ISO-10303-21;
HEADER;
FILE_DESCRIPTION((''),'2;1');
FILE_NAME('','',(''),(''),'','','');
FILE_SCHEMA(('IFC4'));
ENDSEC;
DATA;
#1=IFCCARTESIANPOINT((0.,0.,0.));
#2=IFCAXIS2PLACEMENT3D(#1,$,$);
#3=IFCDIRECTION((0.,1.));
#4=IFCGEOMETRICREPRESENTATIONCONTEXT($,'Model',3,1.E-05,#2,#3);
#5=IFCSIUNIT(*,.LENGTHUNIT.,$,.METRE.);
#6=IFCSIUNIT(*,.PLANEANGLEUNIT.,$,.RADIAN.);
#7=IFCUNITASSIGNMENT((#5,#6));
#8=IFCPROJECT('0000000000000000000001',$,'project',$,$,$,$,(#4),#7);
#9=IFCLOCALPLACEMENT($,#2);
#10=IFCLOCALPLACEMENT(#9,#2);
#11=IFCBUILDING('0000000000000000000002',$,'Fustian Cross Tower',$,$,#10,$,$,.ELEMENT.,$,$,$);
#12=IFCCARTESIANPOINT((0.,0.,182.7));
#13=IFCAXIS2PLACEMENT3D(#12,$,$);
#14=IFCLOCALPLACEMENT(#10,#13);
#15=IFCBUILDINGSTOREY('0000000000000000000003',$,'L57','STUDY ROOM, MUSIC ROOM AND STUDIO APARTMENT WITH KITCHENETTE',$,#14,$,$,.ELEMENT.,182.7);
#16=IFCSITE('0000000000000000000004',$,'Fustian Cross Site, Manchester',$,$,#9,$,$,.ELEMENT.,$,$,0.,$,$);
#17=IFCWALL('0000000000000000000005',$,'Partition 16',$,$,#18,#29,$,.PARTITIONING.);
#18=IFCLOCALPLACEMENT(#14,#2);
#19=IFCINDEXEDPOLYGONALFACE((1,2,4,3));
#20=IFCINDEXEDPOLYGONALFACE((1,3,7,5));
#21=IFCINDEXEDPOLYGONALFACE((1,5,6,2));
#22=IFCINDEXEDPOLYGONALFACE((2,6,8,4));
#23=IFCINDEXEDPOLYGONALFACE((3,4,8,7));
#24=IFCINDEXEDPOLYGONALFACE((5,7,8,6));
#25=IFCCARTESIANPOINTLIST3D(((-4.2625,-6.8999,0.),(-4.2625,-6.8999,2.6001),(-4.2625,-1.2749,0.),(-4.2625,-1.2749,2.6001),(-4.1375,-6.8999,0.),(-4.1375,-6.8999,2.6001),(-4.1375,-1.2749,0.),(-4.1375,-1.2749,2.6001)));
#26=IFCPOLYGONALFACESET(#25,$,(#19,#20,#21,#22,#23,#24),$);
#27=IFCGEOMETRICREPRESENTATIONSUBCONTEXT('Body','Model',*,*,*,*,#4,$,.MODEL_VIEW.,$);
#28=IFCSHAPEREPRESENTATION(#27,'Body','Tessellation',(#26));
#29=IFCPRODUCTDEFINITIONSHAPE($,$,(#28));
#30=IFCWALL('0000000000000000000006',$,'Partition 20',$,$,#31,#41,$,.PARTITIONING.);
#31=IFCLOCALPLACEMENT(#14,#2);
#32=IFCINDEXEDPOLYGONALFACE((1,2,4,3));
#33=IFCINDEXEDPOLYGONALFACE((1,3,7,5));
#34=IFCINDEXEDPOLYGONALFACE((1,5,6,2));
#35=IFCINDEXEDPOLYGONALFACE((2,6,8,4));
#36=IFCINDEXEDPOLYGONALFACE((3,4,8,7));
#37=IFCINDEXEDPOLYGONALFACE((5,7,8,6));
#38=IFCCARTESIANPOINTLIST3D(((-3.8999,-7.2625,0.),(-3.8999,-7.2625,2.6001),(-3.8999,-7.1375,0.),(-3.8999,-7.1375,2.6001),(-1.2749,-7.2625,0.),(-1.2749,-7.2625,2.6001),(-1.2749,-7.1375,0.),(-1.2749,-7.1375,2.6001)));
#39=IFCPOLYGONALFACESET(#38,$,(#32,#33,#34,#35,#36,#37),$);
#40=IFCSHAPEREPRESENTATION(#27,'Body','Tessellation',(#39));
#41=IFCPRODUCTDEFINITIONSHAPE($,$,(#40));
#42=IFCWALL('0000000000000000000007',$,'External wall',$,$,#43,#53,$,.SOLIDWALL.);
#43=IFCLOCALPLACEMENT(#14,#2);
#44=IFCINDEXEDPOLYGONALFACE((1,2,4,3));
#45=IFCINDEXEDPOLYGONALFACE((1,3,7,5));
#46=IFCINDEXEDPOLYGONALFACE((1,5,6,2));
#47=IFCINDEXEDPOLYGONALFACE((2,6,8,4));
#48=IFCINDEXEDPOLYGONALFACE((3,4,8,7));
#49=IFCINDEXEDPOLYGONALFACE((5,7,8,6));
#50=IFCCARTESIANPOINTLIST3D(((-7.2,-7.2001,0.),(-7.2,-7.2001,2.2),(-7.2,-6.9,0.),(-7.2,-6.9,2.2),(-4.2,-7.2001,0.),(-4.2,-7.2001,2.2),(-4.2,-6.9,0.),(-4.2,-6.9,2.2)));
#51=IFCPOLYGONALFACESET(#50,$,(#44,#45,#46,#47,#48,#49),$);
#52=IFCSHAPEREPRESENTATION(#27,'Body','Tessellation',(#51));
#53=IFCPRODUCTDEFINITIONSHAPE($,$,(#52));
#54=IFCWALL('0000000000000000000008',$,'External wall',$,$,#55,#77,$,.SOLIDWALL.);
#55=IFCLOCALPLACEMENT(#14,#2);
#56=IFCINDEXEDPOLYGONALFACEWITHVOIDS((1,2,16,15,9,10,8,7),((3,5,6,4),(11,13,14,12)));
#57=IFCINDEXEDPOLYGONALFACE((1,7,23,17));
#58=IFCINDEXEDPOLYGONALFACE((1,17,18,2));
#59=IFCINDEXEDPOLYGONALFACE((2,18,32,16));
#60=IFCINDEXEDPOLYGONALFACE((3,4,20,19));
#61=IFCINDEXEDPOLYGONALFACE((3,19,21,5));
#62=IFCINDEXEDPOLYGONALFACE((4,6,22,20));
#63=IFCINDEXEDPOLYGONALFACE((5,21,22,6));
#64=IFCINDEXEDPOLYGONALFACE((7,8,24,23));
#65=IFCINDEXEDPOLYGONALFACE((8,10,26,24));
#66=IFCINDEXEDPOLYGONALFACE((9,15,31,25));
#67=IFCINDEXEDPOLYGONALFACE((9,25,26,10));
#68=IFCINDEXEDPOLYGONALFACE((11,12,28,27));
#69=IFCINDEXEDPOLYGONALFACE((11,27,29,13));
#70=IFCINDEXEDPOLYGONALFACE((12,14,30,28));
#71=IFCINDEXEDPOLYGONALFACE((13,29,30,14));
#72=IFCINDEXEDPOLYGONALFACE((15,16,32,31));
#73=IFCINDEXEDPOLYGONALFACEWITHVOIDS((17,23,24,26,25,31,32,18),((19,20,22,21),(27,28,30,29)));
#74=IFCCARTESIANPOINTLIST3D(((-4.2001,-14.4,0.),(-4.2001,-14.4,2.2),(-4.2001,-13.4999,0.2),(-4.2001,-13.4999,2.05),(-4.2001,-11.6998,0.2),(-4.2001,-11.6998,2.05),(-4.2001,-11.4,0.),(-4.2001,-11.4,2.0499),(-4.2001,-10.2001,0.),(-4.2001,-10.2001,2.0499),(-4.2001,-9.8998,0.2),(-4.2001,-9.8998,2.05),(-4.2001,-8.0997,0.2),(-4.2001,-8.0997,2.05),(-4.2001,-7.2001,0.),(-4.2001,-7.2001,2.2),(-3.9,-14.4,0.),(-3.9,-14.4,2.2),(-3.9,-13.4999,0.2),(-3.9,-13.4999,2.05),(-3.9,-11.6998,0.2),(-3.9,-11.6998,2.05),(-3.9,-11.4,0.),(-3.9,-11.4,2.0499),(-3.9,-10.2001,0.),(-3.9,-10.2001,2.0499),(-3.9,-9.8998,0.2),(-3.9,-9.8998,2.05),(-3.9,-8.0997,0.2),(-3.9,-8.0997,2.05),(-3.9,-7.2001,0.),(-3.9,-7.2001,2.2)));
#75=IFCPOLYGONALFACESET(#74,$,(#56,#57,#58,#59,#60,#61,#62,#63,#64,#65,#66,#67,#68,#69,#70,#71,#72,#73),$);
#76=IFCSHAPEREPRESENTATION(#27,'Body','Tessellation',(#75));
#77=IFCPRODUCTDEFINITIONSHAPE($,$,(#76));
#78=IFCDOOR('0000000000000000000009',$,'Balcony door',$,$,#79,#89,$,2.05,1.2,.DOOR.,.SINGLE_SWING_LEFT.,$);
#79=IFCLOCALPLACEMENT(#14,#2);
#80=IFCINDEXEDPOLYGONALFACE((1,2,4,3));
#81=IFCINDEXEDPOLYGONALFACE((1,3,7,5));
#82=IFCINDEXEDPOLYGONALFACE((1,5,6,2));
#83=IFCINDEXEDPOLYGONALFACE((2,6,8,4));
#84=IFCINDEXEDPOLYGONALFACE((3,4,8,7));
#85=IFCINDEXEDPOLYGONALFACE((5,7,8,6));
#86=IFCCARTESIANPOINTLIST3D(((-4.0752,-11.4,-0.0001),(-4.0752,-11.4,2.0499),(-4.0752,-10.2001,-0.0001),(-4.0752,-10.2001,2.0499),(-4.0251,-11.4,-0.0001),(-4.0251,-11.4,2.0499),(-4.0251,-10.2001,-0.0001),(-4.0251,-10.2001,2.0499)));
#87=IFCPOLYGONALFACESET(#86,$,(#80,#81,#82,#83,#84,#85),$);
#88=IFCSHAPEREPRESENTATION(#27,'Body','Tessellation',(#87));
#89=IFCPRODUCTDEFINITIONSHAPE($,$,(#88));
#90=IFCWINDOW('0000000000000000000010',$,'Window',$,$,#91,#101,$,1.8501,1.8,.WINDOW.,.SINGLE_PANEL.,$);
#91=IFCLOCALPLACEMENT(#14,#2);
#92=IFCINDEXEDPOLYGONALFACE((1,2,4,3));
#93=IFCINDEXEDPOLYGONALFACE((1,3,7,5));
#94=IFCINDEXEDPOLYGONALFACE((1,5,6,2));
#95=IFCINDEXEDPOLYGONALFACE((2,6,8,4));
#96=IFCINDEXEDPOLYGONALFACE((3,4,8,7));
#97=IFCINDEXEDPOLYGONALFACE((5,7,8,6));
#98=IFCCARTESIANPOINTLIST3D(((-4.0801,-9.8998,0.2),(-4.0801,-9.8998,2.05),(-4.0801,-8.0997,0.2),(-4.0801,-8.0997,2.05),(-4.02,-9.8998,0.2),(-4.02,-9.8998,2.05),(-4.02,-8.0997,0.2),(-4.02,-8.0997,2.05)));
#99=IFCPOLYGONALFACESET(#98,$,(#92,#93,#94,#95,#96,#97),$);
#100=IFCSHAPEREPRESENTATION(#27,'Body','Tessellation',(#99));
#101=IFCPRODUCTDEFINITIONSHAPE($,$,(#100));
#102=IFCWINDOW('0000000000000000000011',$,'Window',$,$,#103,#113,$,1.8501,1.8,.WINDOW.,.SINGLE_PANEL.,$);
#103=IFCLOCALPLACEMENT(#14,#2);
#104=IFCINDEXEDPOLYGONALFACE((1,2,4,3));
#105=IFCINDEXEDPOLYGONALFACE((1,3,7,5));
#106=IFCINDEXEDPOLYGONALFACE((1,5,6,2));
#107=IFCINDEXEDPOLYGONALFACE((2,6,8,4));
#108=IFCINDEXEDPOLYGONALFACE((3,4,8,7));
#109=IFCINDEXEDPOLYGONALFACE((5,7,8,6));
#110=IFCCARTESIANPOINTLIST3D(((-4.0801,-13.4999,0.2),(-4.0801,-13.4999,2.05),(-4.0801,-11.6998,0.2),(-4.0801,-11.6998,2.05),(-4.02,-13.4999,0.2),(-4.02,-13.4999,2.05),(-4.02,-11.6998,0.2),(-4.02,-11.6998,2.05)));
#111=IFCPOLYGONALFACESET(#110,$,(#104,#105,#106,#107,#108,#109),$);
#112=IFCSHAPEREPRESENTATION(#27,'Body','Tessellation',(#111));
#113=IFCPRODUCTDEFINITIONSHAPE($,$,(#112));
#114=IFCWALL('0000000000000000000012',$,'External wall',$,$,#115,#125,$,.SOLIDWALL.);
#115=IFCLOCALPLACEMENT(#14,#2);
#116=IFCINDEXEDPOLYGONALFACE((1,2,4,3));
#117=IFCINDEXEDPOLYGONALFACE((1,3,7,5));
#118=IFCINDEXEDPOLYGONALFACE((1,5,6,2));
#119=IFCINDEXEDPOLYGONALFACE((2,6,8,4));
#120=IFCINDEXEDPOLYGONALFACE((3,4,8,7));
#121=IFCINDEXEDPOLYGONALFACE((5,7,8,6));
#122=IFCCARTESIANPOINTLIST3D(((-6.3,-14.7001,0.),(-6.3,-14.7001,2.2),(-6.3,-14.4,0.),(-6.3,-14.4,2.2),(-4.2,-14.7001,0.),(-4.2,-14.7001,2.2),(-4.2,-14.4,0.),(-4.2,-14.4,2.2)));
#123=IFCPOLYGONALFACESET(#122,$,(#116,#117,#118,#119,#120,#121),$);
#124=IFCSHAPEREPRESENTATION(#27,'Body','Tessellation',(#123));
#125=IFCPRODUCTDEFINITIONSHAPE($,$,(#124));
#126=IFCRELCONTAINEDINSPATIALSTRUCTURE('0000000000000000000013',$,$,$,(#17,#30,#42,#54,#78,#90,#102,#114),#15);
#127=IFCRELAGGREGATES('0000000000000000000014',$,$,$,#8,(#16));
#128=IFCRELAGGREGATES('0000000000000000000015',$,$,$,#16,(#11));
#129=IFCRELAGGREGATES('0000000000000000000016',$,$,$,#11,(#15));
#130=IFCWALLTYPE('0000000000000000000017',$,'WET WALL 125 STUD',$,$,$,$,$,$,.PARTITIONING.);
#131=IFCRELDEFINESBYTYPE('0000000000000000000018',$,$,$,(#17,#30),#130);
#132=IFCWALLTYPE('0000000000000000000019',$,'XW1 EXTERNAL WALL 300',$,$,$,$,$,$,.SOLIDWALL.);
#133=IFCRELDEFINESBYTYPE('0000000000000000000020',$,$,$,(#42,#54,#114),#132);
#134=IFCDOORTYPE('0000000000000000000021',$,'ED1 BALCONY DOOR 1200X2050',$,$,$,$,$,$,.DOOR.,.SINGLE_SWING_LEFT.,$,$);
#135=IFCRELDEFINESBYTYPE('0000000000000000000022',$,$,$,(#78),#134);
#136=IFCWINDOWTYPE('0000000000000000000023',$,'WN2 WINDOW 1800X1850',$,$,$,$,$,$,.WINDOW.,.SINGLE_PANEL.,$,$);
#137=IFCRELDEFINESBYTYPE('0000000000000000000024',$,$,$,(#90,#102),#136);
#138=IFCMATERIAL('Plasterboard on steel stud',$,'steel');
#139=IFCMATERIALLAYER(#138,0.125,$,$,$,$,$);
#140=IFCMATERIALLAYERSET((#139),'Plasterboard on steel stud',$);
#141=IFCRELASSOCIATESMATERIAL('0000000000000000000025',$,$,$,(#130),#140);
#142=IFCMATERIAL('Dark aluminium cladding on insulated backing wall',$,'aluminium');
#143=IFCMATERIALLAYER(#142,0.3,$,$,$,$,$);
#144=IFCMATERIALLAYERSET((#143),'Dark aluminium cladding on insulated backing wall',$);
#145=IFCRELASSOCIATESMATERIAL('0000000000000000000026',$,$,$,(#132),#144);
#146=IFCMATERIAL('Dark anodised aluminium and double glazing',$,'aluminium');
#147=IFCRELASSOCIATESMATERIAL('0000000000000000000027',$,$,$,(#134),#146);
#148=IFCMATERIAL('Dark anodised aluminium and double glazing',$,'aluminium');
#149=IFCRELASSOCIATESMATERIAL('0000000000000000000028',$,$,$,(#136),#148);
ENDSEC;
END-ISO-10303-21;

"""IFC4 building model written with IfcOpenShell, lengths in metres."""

from ifc_helpers import new_model, si_unit, direction, frame, frame_2d, origin, place, context, subcontext, project, spatial, rectangle, extrude, material, layer, layer_set, type_object, element, fill, save


model = new_model("IFC4")

# Units and contexts
model_context = context("Model", 3, precision=1e-05, world=origin(), true_north=direction((0.0, 1.0)))
body_context = subcontext(model_context, "Body", "Model", "MODEL_VIEW")
ifc_project = project(units=[si_unit("LENGTHUNIT", "METRE"), si_unit("PLANEANGLEUNIT", "RADIAN")], contexts=[model_context])

# Site, building, storey
site_placement = place(None, origin())
site = spatial("IfcSite", under=ifc_project, at=site_placement, Name="Fustian Cross Site, Manchester", CompositionType="ELEMENT", RefElevation=0.0)
building_placement = place(site_placement, origin())
building = spatial("IfcBuilding", under=site, at=building_placement, Name="Fustian Cross Tower", CompositionType="ELEMENT")
storey_placement = place(building_placement, frame((0.0, 0.0, 182.7)))
storey = spatial("IfcBuildingStorey", under=building, at=storey_placement, Name="L57", Description="STUDY ROOM, MUSIC ROOM AND STUDIO APARTMENT WITH KITCHENETTE", CompositionType="ELEMENT", Elevation=182.7)

# Walls
ifc_material_1 = material(Name="Plasterboard on steel stud", Category="steel")
ifc_layer_1 = layer(ifc_material_1, 0.125)
ifc_layer_set_1 = layer_set([ifc_layer_1], Name="Plasterboard on steel stud")
wall_type_1 = type_object("IfcWallType", Name="WET WALL 125 STUD", PredefinedType="PARTITIONING", material=ifc_layer_set_1)
wall_1_placement = place(storey_placement, frame((-4.2, -6.8999, 0.0), z_axis=(0.0, 0.0, 1.0), x_axis=(0.0, 1.0, 0.0)))
element("IfcWall", 1, at=wall_1_placement, inside=storey, type_object=wall_type_1, Name="Partition 16", PredefinedType="PARTITIONING", context=body_context, shape_type="SweptSolid", body=[
    extrude(rectangle(XDim=5.625, YDim=0.125, at=frame_2d((2.8125, 0.0))), origin(), (0.0, 0.0, 1.0), 2.6001),
])
wall_2_placement = place(storey_placement, frame((-3.8999, -7.2, 0.0), z_axis=(0.0, 0.0, 1.0), x_axis=(1.0, 0.0, 0.0)))
element("IfcWall", 2, at=wall_2_placement, inside=storey, type_object=wall_type_1, Name="Partition 20", PredefinedType="PARTITIONING", context=body_context, shape_type="SweptSolid", body=[
    extrude(rectangle(XDim=2.625, YDim=0.125, at=frame_2d((1.3125, 0.0))), origin(), (0.0, 0.0, 1.0), 2.6001),
])
ifc_material_2 = material(Name="Dark aluminium cladding on insulated backing wall", Category="aluminium")
ifc_layer_2 = layer(ifc_material_2, 0.3)
ifc_layer_set_2 = layer_set([ifc_layer_2], Name="Dark aluminium cladding on insulated backing wall")
wall_type_2 = type_object("IfcWallType", Name="XW1 EXTERNAL WALL 300", PredefinedType="SOLIDWALL", material=ifc_layer_set_2)
wall_3_placement = place(storey_placement, frame((-7.2, -7.05, 0.0), z_axis=(0.0, 0.0, 1.0), x_axis=(1.0, 0.0, 0.0)))
element("IfcWall", 3, at=wall_3_placement, inside=storey, type_object=wall_type_2, Name="External wall", PredefinedType="SOLIDWALL", context=body_context, shape_type="SweptSolid", body=[
    extrude(rectangle(XDim=3.0, YDim=0.3, at=frame_2d((1.5, 0.0))), origin(), (0.0, 0.0, 1.0), 2.2),
])

# Wall, openings, door, windows
wall_4_placement = place(storey_placement, frame((-4.05, -7.2, 0.0), z_axis=(0.0, 0.0, 1.0), x_axis=(0.0, -1.0, 0.0)))
wall_4 = element("IfcWall", 4, at=wall_4_placement, inside=storey, type_object=wall_type_2, Name="External wall", PredefinedType="SOLIDWALL", context=body_context, shape_type="SweptSolid", body=[
    extrude(rectangle(XDim=7.2, YDim=0.3, at=frame_2d((3.6001, 0.0))), origin(), (0.0, 0.0, 1.0), 2.2),
])
opening_1_placement = place(wall_4_placement, frame((3.0, 0.0, 0.0)))
opening_1 = element("IfcOpeningElement", 5, at=opening_1_placement, cuts=wall_4, PredefinedType="OPENING", context=body_context, shape_type="SweptSolid", body=[
    extrude(rectangle(XDim=1.2, YDim=2.05, at=frame_2d((0.6001, 1.0249))), frame((0.0, 0.1599, 0.0), z_axis=(0.0, -1.0, 0.0), x_axis=(1.0, 0.0, 0.0)), (0.0, 0.0, 1.0), 0.3201),
])
opening_2_placement = place(wall_4_placement, frame((0.8999, 0.0, 0.2)))
opening_2 = element("IfcOpeningElement", 6, at=opening_2_placement, cuts=wall_4, PredefinedType="OPENING", context=body_context, shape_type="SweptSolid", body=[
    extrude(rectangle(XDim=1.8, YDim=1.8501, at=frame_2d((0.8999, 0.925))), frame((0.0, 0.1599, 0.0), z_axis=(0.0, -1.0, 0.0), x_axis=(1.0, 0.0, 0.0)), (0.0, 0.0, 1.0), 0.3201),
])
opening_3_placement = place(wall_4_placement, frame((4.5, 0.0, 0.2)))
opening_3 = element("IfcOpeningElement", 7, at=opening_3_placement, cuts=wall_4, PredefinedType="OPENING", context=body_context, shape_type="SweptSolid", body=[
    extrude(rectangle(XDim=1.8, YDim=1.8501, at=frame_2d((0.8999, 0.925))), frame((0.0, 0.1599, 0.0), z_axis=(0.0, -1.0, 0.0), x_axis=(1.0, 0.0, 0.0)), (0.0, 0.0, 1.0), 0.3201),
])
ifc_material_3 = material(Name="Dark anodised aluminium and double glazing", Category="aluminium")
door_type_1 = type_object("IfcDoorType", Name="ED1 BALCONY DOOR 1200X2050", OperationType="SINGLE_SWING_LEFT", PredefinedType="DOOR", material=ifc_material_3)
door_1_placement = place(opening_1_placement, origin())
door_1 = element("IfcDoor", 8, at=door_1_placement, inside=storey, type_object=door_type_1, Name="Balcony door", OperationType="SINGLE_SWING_LEFT", OverallHeight=2.05, OverallWidth=1.2, PredefinedType="DOOR", context=body_context, shape_type="SweptSolid", body=[
    extrude(rectangle(XDim=1.2, YDim=2.05, at=frame_2d((0.6001, 1.0249))), frame((0.0, 0.0249, 0.0), z_axis=(0.0, -1.0, 0.0), x_axis=(1.0, 0.0, 0.0)), (0.0, 0.0, 1.0), 0.05),
])
fill(opening_1, door_1)
ifc_material_4 = material(Name="Dark anodised aluminium and double glazing", Category="aluminium")
window_type = type_object("IfcWindowType", Name="WN2 WINDOW 1800X1850", PartitioningType="SINGLE_PANEL", PredefinedType="WINDOW", material=ifc_material_4)
window_1_placement = place(opening_2_placement, origin())
window_1 = element("IfcWindow", 9, at=window_1_placement, inside=storey, type_object=window_type, Name="Window", OverallHeight=1.8501, OverallWidth=1.8, PartitioningType="SINGLE_PANEL", PredefinedType="WINDOW", context=body_context, shape_type="SweptSolid", body=[
    extrude(rectangle(XDim=1.8, YDim=1.8501, at=frame_2d((0.8999, 0.925))), frame((0.0, 0.03, 0.0), z_axis=(0.0, -1.0, 0.0), x_axis=(1.0, 0.0, 0.0)), (0.0, 0.0, 1.0), 0.0601),
])
fill(opening_2, window_1)
window_2_placement = place(opening_3_placement, origin())
window_2 = element("IfcWindow", 10, at=window_2_placement, inside=storey, type_object=window_type, Name="Window", OverallHeight=1.8501, OverallWidth=1.8, PartitioningType="SINGLE_PANEL", PredefinedType="WINDOW", context=body_context, shape_type="SweptSolid", body=[
    extrude(rectangle(XDim=1.8, YDim=1.8501, at=frame_2d((0.8999, 0.925))), frame((0.0, 0.03, 0.0), z_axis=(0.0, -1.0, 0.0), x_axis=(1.0, 0.0, 0.0)), (0.0, 0.0, 1.0), 0.0601),
])
fill(opening_3, window_2)

# Wall
wall_5_placement = place(storey_placement, frame((-4.2, -14.55, 0.0), z_axis=(0.0, 0.0, 1.0), x_axis=(-1.0, 0.0, 0.0)))
element("IfcWall", 11, at=wall_5_placement, inside=storey, type_object=wall_type_2, Name="External wall", PredefinedType="SOLIDWALL", context=body_context, shape_type="SweptSolid", body=[
    extrude(rectangle(XDim=2.1001, YDim=0.3, at=frame_2d((1.05, 0.0))), origin(), (0.0, 0.0, 1.0), 2.2),
])

save(model, "model.ifc")
